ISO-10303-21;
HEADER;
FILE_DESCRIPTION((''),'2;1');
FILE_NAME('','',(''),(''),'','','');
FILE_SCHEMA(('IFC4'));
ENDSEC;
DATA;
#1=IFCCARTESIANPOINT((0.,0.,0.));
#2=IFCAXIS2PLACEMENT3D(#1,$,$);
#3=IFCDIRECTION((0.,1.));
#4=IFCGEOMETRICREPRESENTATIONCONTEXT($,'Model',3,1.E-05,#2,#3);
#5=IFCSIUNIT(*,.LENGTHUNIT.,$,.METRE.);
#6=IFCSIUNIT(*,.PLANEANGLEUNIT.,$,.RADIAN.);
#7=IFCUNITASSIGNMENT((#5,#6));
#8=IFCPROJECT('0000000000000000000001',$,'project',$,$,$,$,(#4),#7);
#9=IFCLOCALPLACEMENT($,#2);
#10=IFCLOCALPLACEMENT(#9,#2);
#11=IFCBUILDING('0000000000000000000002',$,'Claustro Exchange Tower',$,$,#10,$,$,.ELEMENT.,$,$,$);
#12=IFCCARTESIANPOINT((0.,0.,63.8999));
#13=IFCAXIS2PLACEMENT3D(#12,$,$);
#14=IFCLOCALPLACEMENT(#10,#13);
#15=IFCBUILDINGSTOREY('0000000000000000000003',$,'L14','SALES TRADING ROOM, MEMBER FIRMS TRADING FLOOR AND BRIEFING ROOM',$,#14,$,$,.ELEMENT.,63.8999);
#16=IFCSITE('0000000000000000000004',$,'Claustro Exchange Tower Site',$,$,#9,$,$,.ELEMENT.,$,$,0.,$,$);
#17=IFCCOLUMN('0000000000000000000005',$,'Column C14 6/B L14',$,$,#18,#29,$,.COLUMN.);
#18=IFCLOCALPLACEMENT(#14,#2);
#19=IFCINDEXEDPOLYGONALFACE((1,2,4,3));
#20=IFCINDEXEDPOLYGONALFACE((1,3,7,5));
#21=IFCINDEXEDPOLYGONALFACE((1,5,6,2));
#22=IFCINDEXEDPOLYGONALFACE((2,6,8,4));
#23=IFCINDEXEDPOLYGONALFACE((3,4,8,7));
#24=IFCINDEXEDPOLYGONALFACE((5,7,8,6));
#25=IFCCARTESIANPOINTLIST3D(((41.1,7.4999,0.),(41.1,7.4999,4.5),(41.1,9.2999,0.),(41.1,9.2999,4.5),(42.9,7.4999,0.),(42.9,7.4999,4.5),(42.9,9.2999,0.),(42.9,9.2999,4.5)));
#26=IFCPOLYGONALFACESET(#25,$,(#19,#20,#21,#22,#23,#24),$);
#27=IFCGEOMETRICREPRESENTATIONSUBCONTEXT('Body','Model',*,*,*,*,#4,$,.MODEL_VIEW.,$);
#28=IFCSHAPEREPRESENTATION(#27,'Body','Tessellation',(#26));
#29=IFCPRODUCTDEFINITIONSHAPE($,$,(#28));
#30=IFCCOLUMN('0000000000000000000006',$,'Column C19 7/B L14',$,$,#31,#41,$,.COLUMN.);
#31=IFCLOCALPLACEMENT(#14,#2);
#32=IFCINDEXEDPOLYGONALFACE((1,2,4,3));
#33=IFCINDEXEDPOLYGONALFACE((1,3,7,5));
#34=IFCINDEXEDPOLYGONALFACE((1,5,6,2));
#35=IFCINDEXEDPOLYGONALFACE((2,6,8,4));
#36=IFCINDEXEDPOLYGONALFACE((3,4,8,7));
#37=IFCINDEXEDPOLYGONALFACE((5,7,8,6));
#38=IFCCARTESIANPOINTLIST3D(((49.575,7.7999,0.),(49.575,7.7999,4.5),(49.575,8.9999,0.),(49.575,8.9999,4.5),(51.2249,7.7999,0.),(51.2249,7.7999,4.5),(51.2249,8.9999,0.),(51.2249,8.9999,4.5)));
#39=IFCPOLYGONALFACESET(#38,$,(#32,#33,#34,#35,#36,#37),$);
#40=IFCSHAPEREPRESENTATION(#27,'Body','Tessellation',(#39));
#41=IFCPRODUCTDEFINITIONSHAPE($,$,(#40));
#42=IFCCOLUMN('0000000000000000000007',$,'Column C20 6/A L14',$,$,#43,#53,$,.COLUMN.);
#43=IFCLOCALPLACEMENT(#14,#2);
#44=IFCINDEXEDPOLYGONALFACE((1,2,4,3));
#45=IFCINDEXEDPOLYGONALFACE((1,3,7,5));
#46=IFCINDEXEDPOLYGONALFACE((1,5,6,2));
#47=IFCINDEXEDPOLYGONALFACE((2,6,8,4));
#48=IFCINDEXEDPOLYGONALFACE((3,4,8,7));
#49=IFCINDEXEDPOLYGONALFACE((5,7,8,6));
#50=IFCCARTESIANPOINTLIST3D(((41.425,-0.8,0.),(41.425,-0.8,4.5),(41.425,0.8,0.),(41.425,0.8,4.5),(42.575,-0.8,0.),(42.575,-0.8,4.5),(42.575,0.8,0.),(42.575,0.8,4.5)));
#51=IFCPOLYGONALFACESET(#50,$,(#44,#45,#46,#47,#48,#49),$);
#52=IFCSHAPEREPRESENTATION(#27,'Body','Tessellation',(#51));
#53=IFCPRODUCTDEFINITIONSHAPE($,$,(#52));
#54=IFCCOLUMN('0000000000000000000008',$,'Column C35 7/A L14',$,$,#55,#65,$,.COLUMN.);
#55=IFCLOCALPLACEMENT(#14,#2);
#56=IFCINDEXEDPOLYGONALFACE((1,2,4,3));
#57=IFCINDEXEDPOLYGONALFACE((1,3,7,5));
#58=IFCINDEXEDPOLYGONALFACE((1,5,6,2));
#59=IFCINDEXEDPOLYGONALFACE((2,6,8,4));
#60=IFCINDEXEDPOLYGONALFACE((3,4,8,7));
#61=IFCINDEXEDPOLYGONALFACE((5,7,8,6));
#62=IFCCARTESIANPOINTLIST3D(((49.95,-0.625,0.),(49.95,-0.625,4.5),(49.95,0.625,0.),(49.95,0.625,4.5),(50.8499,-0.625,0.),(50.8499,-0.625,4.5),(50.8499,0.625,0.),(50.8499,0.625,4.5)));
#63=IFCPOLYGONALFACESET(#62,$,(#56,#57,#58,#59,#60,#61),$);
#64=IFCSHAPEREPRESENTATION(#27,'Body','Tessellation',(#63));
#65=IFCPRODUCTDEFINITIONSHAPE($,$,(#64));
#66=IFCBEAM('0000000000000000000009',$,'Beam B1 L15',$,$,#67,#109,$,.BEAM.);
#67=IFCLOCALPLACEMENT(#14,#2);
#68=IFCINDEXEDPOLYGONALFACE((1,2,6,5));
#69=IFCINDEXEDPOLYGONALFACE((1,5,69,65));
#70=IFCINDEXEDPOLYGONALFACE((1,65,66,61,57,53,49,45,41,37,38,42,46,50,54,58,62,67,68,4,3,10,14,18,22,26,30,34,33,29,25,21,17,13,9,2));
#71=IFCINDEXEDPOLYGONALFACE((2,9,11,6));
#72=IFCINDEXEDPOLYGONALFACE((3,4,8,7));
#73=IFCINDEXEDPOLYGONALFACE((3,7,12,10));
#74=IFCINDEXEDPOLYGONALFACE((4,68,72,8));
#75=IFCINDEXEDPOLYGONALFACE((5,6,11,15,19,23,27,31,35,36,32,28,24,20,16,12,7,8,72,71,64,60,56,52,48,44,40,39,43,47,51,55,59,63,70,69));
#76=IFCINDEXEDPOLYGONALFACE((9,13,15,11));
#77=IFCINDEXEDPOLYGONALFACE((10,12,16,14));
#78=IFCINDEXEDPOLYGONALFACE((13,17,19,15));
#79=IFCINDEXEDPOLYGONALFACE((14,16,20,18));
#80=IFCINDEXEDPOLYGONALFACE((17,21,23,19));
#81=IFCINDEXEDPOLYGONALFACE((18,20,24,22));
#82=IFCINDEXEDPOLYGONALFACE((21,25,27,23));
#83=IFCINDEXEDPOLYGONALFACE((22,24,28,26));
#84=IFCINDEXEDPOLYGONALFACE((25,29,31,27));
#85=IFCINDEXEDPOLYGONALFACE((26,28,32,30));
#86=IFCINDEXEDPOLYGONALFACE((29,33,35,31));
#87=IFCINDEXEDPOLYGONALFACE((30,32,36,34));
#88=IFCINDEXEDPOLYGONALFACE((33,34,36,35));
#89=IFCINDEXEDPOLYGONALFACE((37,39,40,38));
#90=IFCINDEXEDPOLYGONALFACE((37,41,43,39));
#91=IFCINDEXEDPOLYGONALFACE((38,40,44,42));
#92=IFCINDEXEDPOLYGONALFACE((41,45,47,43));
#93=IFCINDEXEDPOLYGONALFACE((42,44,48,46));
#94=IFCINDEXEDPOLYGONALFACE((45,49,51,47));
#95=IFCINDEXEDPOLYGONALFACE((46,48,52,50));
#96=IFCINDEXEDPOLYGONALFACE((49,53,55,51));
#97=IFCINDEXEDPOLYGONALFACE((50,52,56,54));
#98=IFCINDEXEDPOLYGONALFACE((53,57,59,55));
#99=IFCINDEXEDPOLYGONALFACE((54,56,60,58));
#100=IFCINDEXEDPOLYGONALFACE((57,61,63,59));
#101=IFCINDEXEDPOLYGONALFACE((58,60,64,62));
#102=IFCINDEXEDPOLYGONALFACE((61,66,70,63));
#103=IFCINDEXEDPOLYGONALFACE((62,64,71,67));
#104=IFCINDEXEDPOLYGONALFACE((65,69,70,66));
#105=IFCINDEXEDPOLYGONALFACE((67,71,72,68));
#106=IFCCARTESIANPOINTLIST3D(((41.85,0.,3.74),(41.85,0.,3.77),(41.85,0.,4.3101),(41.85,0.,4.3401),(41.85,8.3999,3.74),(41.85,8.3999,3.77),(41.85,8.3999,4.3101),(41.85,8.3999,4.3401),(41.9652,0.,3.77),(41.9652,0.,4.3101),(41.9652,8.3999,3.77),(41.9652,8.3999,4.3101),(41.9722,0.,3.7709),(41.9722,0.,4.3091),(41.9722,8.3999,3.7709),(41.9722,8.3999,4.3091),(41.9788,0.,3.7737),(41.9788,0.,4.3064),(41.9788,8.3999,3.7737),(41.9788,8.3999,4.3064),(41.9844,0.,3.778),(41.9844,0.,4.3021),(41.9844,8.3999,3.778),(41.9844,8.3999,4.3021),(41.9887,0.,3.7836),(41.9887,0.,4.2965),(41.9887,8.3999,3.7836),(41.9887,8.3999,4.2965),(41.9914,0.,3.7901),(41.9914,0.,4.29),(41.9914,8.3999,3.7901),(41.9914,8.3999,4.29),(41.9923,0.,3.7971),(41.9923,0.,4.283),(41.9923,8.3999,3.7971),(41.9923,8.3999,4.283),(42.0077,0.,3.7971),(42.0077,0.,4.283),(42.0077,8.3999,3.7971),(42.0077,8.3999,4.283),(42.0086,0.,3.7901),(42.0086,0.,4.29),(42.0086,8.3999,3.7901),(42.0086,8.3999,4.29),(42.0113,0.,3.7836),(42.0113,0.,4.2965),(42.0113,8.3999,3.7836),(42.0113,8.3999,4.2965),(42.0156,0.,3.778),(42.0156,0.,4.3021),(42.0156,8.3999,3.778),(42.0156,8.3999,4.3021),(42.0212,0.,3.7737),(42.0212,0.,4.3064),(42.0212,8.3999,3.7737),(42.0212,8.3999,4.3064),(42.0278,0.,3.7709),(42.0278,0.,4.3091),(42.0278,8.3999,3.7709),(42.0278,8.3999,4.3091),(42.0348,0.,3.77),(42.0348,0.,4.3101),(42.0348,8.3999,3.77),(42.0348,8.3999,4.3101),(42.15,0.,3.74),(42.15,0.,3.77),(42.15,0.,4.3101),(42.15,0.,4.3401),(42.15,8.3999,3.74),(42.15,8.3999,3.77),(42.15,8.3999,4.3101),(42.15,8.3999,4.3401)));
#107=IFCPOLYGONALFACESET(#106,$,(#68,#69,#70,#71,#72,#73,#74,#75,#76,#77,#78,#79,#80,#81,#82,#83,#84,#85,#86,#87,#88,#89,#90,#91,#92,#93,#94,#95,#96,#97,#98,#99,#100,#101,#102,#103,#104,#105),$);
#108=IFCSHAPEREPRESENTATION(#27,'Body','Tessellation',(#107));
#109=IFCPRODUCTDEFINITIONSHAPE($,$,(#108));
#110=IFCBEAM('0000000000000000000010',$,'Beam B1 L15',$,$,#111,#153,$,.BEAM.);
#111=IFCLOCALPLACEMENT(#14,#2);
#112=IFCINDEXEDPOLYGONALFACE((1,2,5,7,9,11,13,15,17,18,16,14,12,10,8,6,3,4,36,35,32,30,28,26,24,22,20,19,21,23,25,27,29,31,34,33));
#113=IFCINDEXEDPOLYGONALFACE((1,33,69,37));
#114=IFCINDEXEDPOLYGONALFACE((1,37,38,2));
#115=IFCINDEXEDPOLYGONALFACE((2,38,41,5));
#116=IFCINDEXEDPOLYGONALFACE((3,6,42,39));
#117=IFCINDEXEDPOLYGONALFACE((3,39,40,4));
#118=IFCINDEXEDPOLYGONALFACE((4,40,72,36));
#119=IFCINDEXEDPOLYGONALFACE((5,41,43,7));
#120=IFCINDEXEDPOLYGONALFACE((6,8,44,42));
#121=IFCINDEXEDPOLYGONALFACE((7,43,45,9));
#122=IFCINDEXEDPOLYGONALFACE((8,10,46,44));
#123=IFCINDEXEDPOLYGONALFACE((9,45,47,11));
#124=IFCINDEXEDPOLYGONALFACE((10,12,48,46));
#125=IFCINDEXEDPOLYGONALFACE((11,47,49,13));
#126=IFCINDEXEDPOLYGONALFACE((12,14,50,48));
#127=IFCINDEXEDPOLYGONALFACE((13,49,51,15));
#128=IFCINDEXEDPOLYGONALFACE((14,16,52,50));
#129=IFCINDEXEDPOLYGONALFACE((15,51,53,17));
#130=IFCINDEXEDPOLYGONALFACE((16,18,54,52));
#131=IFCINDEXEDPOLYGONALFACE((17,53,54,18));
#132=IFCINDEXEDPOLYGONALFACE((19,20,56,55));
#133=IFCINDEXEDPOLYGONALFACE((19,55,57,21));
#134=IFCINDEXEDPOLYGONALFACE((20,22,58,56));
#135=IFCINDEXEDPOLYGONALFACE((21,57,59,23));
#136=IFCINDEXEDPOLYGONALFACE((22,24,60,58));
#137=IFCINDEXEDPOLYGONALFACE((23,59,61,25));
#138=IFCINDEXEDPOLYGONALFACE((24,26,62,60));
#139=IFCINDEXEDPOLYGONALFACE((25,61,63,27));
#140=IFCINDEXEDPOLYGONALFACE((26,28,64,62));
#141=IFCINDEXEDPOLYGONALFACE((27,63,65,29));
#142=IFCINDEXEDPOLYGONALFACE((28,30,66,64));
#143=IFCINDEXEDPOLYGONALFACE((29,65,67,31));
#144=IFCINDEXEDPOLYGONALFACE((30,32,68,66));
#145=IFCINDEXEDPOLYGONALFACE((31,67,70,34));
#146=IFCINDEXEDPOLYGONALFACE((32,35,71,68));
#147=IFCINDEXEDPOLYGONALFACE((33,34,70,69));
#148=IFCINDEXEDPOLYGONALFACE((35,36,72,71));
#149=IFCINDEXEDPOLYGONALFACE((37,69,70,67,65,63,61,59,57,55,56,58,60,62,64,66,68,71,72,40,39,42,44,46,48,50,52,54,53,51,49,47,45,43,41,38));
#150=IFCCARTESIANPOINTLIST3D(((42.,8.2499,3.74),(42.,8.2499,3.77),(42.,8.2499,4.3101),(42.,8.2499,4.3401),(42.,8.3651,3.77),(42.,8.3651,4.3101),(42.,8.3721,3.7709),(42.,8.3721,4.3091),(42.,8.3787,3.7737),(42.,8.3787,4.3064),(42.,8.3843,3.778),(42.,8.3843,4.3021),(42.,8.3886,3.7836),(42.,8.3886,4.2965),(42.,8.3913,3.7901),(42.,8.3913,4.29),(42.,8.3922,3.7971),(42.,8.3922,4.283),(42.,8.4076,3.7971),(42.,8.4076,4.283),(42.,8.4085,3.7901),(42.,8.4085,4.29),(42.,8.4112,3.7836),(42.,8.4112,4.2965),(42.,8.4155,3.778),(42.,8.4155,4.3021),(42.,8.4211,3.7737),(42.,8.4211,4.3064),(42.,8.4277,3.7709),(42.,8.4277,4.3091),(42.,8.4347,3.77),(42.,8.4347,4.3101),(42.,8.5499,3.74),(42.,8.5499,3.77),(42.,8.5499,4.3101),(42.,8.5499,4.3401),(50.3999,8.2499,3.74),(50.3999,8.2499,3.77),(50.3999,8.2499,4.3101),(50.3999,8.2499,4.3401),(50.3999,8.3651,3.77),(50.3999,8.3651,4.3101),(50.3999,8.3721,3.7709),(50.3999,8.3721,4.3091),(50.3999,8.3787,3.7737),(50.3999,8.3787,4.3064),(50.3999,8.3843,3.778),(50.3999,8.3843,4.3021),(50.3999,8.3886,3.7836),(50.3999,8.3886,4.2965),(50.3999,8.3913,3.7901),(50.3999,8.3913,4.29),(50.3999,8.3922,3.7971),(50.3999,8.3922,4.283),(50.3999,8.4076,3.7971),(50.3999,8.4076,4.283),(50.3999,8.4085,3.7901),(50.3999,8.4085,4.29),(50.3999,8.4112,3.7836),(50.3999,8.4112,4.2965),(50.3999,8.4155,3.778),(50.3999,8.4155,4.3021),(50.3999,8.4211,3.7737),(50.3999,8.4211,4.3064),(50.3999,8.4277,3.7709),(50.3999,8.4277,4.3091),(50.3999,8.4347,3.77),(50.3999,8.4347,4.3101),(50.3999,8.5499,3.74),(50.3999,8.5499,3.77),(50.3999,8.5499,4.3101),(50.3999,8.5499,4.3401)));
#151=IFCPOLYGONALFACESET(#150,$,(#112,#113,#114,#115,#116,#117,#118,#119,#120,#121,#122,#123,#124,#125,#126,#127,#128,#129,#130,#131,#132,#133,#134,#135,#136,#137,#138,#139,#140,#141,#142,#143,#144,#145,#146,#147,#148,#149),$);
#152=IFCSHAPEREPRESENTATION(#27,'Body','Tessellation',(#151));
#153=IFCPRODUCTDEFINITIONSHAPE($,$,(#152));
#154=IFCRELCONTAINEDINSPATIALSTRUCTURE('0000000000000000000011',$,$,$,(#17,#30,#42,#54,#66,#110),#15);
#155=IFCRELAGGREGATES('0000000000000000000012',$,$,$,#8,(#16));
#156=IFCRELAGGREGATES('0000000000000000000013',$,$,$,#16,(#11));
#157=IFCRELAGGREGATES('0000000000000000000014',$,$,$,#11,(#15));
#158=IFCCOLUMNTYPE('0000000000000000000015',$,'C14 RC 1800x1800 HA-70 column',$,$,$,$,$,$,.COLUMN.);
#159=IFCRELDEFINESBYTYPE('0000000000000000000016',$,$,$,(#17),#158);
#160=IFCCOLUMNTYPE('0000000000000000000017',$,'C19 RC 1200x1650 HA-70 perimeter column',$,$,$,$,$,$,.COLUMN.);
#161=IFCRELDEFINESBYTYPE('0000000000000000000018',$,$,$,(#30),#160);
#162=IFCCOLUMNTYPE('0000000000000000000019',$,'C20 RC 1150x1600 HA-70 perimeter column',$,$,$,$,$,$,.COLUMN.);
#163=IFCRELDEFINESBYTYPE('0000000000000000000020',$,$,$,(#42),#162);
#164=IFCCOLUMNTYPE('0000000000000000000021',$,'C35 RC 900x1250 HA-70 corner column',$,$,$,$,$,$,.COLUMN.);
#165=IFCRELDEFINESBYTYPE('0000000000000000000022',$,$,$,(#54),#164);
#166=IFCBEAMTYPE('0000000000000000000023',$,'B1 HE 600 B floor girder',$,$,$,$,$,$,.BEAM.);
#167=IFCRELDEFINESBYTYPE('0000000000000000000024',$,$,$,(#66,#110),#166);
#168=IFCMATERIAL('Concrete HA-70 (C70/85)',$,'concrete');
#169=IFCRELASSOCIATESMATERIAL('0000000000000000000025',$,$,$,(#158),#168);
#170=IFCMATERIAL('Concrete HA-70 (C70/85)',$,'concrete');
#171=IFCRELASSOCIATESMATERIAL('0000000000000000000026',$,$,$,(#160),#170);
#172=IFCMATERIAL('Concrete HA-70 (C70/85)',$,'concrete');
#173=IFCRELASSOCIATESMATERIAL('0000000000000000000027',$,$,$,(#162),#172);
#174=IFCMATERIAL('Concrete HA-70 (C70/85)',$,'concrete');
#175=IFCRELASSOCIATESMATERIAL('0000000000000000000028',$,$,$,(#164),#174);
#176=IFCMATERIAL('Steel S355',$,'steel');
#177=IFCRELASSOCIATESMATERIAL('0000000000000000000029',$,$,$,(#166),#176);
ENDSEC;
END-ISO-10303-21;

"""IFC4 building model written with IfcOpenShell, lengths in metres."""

from ifc_helpers import new_model, si_unit, direction, frame, origin, origin_2d, place, context, subcontext, project, spatial, rectangle, i_section, extrude, material, material_profile, profile_set, type_object, element, save


model = new_model("IFC4")

# Units and contexts
model_context = context("Model", 3, precision=1e-05, world=origin(), true_north=direction((0.0, 1.0)))
body_context = subcontext(model_context, "Body", "Model", "MODEL_VIEW")
ifc_project = project(units=[si_unit("LENGTHUNIT", "METRE"), si_unit("PLANEANGLEUNIT", "RADIAN")], contexts=[model_context])

# Site, building, storey
site_placement = place(None, origin())
site = spatial("IfcSite", under=ifc_project, at=site_placement, Name="Claustro Exchange Tower Site", CompositionType="ELEMENT", RefElevation=0.0)
building_placement = place(site_placement, origin())
building = spatial("IfcBuilding", under=site, at=building_placement, Name="Claustro Exchange Tower", CompositionType="ELEMENT")
storey_placement = place(building_placement, frame((0.0, 0.0, 63.8999)))
storey = spatial("IfcBuildingStorey", under=building, at=storey_placement, Name="L14", Description="SALES TRADING ROOM, MEMBER FIRMS TRADING FLOOR AND BRIEFING ROOM", CompositionType="ELEMENT", Elevation=63.8999)

# Columns
ifc_material_1 = material(Name="Concrete HA-70 (C70/85)", Category="concrete")
ifc_material_profile_1 = material_profile(ifc_material_1, rectangle(XDim=1.8, YDim=1.8, at=origin_2d()), Name="RC 1800x1800")
ifc_profile_set_1 = profile_set([ifc_material_profile_1], Name="Concrete HA-70 (C70/85)")
column_type_1 = type_object("IfcColumnType", Name="C14 RC 1800x1800 HA-70 column", PredefinedType="COLUMN", material=ifc_profile_set_1)
column_1_placement = place(storey_placement, frame((42.0, 8.3999, 0.0), z_axis=(0.0, 0.0, 1.0), x_axis=(1.0, 0.0, 0.0)))
element("IfcColumn", 1, at=column_1_placement, inside=storey, type_object=column_type_1, Name="Column C14 6/B L14", PredefinedType="COLUMN", context=body_context, shape_type="SweptSolid", body=[
    extrude(rectangle(XDim=1.8, YDim=1.8, at=origin_2d()), origin(), (0.0, 0.0, 1.0), 4.5),
])
ifc_material_2 = material(Name="Concrete HA-70 (C70/85)", Category="concrete")
ifc_material_profile_2 = material_profile(ifc_material_2, rectangle(XDim=1.2, YDim=1.6499, at=origin_2d()), Name="RC 1200x1650")
ifc_profile_set_2 = profile_set([ifc_material_profile_2], Name="Concrete HA-70 (C70/85)")
column_type_2 = type_object("IfcColumnType", Name="C19 RC 1200x1650 HA-70 perimeter column", PredefinedType="COLUMN", material=ifc_profile_set_2)
column_2_placement = place(storey_placement, frame((50.3999, 8.3999, 0.0), z_axis=(0.0, 0.0, 1.0), x_axis=(0.0, 1.0, 0.0)))
element("IfcColumn", 2, at=column_2_placement, inside=storey, type_object=column_type_2, Name="Column C19 7/B L14", PredefinedType="COLUMN", context=body_context, shape_type="SweptSolid", body=[
    extrude(rectangle(XDim=1.2, YDim=1.6499, at=origin_2d()), origin(), (0.0, 0.0, 1.0), 4.5),
])
ifc_material_3 = material(Name="Concrete HA-70 (C70/85)", Category="concrete")
ifc_material_profile_3 = material_profile(ifc_material_3, rectangle(XDim=1.1499, YDim=1.6001, at=origin_2d()), Name="RC 1150x1600")
ifc_profile_set_3 = profile_set([ifc_material_profile_3], Name="Concrete HA-70 (C70/85)")
column_type_3 = type_object("IfcColumnType", Name="C20 RC 1150x1600 HA-70 perimeter column", PredefinedType="COLUMN", material=ifc_profile_set_3)
column_3_placement = place(storey_placement, frame((42.0, 0.0, 0.0), z_axis=(0.0, 0.0, 1.0), x_axis=(1.0, 0.0, 0.0)))
element("IfcColumn", 3, at=column_3_placement, inside=storey, type_object=column_type_3, Name="Column C20 6/A L14", PredefinedType="COLUMN", context=body_context, shape_type="SweptSolid", body=[
    extrude(rectangle(XDim=1.1499, YDim=1.6001, at=origin_2d()), origin(), (0.0, 0.0, 1.0), 4.5),
])
ifc_material_4 = material(Name="Concrete HA-70 (C70/85)", Category="concrete")
ifc_material_profile_4 = material_profile(ifc_material_4, rectangle(XDim=0.8999, YDim=1.25, at=origin_2d()), Name="RC 900x1250")
ifc_profile_set_4 = profile_set([ifc_material_profile_4], Name="Concrete HA-70 (C70/85)")
column_type_4 = type_object("IfcColumnType", Name="C35 RC 900x1250 HA-70 corner column", PredefinedType="COLUMN", material=ifc_profile_set_4)
column_4_placement = place(storey_placement, frame((50.3999, 0.0, 0.0), z_axis=(0.0, 0.0, 1.0), x_axis=(1.0, 0.0, 0.0)))
element("IfcColumn", 4, at=column_4_placement, inside=storey, type_object=column_type_4, Name="Column C35 7/A L14", PredefinedType="COLUMN", context=body_context, shape_type="SweptSolid", body=[
    extrude(rectangle(XDim=0.8999, YDim=1.25, at=origin_2d()), origin(), (0.0, 0.0, 1.0), 4.5),
])

# Beams
ifc_material_5 = material(Name="Steel S355", Category="steel")
ifc_material_profile_5 = material_profile(ifc_material_5, i_section(OverallWidth=0.3, OverallDepth=0.6001, WebThickness=0.0154, FlangeThickness=0.03, FilletRadius=0.0271, at=origin_2d()), Name="HE 600 B")
ifc_profile_set_5 = profile_set([ifc_material_profile_5], Name="Steel S355")
beam_type_1 = type_object("IfcBeamType", Name="B1 HE 600 B floor girder", PredefinedType="BEAM", material=ifc_profile_set_5)
for number, where, z_axis, x_axis, name in (
    (5, (42.0, 0.0, 4.04), (0.0, 1.0, 0.0), (-1.0, 0.0, 0.0), "Beam B1 L15"),
    (6, (42.0, 8.3999, 4.04), (1.0, 0.0, 0.0), (0.0, 1.0, 0.0), "Beam B1 L15"),
):
    element("IfcBeam", number, at=place(storey_placement, frame(where, z_axis=z_axis, x_axis=x_axis)), inside=storey, type_object=beam_type_1, Name=name, PredefinedType="BEAM", context=body_context, shape_type="SweptSolid", body=[
        extrude(i_section(OverallWidth=0.3, OverallDepth=0.6001, WebThickness=0.0154, FlangeThickness=0.03, FilletRadius=0.0271, at=origin_2d()), origin(), (0.0, 0.0, 1.0), 8.3999),
    ])

save(model, "model.ifc")
